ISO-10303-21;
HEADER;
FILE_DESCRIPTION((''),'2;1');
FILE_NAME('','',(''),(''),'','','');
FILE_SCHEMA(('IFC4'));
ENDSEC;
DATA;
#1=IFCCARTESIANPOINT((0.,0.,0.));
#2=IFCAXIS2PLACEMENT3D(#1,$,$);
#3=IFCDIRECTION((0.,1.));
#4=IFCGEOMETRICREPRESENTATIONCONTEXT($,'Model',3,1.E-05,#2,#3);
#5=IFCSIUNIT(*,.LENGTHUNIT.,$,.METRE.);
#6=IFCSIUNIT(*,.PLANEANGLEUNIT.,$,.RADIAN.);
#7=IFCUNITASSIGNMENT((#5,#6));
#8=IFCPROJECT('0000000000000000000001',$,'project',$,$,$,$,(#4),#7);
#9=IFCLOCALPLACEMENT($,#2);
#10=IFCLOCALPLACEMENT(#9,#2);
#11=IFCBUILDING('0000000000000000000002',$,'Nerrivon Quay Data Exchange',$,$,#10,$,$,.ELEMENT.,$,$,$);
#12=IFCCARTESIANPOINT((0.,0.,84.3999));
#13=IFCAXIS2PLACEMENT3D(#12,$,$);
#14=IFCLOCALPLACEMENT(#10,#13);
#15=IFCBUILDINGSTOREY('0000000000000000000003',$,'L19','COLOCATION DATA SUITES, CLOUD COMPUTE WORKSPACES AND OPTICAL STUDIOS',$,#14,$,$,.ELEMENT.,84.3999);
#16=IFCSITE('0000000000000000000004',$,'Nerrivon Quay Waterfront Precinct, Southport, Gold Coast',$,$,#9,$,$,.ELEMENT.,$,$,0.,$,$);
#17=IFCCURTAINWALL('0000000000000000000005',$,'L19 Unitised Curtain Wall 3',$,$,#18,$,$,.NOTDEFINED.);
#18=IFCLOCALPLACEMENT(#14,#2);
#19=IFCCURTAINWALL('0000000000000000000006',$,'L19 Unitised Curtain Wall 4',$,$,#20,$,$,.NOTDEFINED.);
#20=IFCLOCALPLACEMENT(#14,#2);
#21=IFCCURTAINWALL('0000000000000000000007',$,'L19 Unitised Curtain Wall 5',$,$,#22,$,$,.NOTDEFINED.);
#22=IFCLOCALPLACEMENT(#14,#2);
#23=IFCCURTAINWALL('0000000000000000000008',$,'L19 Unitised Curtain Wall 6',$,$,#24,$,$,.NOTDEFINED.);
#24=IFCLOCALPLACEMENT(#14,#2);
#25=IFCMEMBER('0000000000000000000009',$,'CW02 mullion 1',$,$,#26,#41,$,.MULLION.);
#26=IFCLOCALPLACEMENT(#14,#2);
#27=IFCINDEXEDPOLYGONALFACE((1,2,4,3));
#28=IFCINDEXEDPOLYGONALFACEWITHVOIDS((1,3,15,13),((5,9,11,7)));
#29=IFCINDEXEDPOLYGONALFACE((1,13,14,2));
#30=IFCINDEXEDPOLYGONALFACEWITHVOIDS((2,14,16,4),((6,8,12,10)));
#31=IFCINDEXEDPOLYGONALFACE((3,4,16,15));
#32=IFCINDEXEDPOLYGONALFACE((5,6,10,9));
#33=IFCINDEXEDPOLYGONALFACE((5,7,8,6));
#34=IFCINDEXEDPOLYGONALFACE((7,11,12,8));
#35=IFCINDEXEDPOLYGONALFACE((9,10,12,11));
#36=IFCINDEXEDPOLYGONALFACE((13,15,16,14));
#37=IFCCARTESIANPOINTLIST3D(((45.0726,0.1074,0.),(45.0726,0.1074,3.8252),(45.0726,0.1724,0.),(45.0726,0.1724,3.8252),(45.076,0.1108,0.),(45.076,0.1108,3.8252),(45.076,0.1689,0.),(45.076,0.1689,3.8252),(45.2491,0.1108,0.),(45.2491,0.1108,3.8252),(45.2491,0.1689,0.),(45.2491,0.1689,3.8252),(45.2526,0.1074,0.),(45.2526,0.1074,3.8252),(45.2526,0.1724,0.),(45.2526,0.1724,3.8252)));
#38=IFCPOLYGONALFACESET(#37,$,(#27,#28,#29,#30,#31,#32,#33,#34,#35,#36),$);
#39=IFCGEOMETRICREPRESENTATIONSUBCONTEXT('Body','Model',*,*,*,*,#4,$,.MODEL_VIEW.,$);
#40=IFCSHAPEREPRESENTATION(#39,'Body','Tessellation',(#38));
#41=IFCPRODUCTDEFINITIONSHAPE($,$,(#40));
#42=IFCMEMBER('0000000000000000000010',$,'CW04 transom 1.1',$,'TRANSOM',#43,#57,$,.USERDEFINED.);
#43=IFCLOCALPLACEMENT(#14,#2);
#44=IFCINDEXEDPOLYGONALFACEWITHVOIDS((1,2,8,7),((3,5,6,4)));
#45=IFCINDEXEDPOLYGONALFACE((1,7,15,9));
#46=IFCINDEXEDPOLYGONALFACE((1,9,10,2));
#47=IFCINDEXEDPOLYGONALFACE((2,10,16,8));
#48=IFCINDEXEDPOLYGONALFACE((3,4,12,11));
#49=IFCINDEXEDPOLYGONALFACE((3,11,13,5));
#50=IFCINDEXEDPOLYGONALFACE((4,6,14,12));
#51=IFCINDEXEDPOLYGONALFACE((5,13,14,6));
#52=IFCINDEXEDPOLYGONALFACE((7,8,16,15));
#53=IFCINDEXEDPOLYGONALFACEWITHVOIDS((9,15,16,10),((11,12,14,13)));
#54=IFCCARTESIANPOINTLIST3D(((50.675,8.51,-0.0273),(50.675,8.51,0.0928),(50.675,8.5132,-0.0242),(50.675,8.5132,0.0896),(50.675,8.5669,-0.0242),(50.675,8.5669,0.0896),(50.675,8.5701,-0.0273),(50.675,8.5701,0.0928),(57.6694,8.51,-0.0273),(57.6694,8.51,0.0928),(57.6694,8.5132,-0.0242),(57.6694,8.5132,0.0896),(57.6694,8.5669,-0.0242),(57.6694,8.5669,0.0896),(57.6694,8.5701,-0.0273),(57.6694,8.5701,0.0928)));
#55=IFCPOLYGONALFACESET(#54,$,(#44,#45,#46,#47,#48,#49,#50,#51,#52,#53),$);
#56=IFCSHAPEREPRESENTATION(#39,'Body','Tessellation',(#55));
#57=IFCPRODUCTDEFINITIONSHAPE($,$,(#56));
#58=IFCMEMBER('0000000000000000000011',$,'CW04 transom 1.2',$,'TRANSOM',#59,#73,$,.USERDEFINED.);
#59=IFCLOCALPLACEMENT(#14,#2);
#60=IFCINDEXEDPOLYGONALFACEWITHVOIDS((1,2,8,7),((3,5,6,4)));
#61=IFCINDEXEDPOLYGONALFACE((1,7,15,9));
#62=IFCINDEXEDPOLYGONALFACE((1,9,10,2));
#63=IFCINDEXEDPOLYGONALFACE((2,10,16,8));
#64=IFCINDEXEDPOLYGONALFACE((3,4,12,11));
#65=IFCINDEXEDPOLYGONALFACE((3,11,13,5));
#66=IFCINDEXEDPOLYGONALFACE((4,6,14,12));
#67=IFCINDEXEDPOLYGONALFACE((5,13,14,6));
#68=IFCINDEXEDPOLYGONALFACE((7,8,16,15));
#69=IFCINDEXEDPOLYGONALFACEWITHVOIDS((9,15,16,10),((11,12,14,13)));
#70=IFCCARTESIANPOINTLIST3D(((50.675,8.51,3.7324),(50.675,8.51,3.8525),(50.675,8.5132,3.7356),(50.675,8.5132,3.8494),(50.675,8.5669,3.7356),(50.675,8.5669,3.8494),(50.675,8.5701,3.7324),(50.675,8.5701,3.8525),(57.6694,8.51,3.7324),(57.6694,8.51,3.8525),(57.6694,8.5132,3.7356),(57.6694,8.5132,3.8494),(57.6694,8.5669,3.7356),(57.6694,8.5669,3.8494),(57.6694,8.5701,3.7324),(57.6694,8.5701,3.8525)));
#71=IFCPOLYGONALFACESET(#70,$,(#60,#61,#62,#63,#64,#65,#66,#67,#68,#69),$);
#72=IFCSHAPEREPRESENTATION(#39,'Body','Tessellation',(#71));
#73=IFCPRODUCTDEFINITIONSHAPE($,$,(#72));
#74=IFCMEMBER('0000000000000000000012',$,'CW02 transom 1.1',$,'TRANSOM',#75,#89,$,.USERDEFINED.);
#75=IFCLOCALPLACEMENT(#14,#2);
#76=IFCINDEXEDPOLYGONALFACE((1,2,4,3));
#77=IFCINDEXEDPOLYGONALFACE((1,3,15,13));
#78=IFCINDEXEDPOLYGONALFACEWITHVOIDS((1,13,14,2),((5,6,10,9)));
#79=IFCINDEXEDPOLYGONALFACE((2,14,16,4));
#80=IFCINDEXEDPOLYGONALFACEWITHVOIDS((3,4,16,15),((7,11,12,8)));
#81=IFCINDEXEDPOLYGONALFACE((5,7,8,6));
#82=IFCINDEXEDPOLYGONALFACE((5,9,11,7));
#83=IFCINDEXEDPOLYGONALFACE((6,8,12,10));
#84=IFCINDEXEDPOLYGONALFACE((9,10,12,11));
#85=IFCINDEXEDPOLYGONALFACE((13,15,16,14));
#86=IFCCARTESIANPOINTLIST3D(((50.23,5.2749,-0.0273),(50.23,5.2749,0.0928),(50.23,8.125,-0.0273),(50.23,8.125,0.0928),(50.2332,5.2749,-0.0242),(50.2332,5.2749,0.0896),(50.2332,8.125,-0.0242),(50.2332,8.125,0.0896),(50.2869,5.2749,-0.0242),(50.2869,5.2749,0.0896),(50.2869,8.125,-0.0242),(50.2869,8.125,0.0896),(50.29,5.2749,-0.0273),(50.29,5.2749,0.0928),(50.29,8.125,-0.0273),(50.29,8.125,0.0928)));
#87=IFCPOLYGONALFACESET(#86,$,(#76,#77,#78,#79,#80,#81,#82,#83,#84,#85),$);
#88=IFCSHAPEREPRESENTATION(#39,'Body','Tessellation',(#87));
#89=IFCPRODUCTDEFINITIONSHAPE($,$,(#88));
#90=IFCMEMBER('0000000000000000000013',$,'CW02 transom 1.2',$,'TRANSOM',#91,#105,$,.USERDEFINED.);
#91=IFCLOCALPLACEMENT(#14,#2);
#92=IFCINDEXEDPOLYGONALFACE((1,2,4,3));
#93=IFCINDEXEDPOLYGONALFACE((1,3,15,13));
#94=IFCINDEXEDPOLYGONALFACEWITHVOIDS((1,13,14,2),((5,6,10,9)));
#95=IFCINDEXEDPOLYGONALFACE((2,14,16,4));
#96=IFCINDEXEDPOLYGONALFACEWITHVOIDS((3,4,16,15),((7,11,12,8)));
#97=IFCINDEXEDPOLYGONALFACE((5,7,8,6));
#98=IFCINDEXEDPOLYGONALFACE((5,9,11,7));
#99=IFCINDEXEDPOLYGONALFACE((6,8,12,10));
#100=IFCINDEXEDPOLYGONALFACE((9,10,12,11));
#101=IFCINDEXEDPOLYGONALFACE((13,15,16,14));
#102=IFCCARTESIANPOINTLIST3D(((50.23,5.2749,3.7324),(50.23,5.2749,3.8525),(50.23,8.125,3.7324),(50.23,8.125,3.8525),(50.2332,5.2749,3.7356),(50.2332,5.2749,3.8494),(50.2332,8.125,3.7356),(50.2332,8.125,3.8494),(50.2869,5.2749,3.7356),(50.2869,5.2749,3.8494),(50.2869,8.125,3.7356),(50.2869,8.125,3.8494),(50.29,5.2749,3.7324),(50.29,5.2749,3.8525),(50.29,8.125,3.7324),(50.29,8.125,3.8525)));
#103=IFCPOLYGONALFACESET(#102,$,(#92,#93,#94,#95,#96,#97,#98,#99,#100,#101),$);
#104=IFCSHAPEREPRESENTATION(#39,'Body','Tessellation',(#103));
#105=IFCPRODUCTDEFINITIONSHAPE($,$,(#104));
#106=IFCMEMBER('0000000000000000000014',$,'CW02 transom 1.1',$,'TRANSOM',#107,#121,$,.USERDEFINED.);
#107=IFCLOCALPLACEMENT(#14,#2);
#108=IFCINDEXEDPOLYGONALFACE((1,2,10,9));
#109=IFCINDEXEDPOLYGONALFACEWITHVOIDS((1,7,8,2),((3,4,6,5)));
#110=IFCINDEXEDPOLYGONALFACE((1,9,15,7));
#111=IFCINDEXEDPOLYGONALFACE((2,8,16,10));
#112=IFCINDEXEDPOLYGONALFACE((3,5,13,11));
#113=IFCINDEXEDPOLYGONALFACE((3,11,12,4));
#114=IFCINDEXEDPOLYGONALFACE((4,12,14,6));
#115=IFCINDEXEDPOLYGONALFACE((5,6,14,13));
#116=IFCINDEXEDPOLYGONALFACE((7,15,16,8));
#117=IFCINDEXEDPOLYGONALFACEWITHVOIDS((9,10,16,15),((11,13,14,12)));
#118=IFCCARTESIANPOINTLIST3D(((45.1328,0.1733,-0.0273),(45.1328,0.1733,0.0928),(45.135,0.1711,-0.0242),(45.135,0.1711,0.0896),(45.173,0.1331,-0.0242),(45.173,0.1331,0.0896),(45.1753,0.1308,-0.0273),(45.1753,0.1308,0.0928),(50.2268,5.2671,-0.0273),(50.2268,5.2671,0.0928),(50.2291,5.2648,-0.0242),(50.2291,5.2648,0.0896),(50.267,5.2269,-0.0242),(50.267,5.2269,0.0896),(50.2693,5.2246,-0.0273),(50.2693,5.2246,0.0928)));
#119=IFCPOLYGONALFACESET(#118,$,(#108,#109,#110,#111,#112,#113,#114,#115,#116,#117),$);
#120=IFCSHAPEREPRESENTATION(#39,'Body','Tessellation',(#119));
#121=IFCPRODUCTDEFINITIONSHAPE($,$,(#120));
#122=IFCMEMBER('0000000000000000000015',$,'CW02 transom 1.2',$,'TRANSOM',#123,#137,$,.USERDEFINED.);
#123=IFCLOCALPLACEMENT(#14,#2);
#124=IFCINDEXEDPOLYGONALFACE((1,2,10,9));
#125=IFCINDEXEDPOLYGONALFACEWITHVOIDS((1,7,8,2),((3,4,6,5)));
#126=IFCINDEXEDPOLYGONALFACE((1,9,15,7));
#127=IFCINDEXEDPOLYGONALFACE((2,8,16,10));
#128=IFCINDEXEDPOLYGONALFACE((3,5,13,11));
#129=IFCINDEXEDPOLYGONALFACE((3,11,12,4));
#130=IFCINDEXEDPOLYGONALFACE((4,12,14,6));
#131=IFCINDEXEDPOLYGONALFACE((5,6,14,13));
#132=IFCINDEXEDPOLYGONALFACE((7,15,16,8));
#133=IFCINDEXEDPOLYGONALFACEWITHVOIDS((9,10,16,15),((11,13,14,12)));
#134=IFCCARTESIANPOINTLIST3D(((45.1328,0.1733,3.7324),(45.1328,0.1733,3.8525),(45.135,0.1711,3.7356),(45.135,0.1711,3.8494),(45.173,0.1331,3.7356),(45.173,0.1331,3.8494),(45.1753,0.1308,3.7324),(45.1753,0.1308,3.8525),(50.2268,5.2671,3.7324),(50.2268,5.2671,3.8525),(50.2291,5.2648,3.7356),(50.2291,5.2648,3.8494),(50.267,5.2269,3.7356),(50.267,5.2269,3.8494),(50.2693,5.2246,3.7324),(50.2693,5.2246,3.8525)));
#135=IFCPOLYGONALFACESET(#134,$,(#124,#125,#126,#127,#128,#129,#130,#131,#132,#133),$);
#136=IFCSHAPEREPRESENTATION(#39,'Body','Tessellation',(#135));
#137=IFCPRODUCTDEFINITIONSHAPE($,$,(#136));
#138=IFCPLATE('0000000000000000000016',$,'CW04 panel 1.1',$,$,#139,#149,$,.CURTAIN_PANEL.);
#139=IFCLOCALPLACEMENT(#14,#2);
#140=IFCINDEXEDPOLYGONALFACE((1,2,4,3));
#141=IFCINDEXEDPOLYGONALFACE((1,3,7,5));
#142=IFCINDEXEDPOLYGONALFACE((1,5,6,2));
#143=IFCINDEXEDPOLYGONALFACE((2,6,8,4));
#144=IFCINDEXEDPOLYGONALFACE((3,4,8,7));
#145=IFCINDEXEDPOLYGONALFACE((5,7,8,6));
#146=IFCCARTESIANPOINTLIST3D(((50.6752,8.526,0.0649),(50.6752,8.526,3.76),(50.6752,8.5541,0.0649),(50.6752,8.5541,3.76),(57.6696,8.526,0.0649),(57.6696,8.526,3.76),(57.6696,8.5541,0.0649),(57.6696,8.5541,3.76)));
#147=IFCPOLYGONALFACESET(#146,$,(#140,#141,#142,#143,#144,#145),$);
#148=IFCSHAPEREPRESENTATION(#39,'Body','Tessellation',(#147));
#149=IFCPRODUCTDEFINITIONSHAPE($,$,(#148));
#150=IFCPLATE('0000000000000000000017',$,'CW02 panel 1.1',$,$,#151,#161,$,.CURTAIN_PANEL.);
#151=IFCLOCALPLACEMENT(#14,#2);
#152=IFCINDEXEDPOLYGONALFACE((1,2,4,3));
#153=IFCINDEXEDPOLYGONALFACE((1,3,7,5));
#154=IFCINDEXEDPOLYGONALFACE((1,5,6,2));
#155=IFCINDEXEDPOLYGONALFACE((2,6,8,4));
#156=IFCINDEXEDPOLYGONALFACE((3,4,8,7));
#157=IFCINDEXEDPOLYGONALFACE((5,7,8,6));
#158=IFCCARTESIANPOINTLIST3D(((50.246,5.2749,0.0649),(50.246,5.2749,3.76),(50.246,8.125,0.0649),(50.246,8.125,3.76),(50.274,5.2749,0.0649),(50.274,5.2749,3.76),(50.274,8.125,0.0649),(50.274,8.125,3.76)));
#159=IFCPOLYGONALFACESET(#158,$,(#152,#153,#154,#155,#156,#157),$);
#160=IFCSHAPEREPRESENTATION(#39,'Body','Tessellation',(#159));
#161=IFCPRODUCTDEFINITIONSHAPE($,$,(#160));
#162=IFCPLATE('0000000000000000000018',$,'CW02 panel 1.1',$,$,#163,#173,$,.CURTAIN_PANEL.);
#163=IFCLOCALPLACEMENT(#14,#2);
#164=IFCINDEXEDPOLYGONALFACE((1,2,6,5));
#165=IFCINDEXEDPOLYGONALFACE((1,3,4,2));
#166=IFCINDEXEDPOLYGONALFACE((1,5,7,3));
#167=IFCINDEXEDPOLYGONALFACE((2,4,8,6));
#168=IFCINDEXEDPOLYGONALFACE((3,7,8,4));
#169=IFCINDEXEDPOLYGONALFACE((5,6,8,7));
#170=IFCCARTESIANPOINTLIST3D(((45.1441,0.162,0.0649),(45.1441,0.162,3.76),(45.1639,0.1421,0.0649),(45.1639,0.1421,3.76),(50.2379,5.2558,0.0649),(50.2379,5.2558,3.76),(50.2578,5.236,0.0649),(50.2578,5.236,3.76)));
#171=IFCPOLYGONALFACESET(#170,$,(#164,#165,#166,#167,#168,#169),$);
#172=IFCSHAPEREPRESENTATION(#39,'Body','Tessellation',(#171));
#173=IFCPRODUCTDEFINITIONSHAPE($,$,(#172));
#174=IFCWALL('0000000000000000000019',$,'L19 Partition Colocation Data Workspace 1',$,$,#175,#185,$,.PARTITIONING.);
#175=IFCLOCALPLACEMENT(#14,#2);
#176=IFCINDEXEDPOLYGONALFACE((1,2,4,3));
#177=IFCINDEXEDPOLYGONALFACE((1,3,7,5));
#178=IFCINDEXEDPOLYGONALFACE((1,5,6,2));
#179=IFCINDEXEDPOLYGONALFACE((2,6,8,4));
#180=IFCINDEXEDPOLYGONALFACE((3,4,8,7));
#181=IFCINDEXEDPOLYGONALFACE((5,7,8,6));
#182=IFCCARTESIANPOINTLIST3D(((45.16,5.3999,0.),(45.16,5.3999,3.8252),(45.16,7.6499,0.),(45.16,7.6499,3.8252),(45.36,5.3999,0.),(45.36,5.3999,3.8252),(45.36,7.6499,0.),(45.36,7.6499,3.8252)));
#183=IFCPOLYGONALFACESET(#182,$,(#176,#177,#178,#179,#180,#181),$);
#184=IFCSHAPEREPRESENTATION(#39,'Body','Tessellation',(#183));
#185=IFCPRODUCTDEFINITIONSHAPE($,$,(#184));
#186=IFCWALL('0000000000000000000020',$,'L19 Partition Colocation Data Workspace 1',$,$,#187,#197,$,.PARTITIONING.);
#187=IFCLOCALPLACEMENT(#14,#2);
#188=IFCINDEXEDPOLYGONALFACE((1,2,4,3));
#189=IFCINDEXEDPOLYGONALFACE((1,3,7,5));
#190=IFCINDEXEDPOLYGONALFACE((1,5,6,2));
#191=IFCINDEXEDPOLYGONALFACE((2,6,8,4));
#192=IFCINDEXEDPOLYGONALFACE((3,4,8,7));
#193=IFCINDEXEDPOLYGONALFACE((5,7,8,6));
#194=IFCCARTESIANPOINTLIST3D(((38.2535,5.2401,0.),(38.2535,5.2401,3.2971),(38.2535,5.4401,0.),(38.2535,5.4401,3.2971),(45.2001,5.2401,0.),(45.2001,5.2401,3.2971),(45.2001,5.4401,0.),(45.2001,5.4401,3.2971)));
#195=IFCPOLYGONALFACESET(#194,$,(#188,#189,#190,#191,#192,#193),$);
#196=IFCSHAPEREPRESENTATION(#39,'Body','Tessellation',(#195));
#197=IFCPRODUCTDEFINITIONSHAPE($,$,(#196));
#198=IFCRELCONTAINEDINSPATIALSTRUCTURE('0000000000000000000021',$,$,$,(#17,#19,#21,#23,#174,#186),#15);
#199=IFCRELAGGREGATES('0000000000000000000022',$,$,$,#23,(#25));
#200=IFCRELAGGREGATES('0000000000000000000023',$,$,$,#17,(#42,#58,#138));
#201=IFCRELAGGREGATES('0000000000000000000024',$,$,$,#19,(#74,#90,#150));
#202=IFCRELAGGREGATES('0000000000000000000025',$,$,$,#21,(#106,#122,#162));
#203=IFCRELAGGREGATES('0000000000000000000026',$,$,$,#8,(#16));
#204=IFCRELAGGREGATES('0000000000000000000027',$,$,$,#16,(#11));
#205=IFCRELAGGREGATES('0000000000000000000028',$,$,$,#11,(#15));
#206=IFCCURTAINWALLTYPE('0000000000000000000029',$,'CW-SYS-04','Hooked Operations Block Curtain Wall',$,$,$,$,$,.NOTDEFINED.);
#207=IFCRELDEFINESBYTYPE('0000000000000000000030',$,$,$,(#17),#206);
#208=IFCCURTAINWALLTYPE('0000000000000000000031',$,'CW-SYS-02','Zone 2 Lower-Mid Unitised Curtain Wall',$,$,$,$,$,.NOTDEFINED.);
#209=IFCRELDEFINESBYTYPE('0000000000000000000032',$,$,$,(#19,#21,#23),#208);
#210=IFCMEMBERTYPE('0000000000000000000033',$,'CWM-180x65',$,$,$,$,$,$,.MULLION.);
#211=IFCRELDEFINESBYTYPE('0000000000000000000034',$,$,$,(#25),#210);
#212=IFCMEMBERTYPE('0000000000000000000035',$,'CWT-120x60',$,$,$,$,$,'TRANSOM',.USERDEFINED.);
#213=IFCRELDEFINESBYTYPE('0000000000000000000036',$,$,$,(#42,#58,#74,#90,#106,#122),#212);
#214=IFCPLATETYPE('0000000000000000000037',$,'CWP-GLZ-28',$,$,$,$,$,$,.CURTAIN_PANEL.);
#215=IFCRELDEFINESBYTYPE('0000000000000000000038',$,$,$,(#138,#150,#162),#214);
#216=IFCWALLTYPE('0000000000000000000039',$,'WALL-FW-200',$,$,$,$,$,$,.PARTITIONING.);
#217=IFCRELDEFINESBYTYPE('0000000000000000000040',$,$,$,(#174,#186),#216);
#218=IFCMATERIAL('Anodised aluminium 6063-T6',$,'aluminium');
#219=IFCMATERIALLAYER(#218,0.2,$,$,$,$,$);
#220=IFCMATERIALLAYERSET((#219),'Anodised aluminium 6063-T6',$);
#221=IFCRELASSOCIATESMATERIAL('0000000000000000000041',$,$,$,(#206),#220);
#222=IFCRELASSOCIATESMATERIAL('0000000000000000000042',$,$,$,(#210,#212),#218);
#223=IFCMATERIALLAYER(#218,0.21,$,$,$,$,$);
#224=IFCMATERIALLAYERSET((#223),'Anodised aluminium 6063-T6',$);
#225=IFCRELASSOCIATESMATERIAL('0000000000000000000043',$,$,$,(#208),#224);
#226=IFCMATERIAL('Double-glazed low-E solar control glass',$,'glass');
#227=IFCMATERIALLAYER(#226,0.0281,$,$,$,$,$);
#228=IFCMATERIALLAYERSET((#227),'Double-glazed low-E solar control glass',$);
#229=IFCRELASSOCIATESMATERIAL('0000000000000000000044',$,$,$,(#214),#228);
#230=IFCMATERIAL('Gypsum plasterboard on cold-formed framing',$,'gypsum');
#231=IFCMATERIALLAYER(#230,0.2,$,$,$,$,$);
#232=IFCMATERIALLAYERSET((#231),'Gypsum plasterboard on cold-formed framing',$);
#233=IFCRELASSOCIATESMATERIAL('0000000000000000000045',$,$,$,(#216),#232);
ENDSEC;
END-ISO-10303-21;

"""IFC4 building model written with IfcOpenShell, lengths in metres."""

from ifc_helpers import new_model, si_unit, direction, frame, frame_2d, origin, origin_2d, place, context, subcontext, project, spatial, rectangle, hollow_rectangle, extrude, material, layer, layer_set, material_profile, profile_set, type_object, element, aggregate, save


model = new_model("IFC4")

# Units and contexts
model_context = context("Model", 3, precision=1e-05, world=origin(), true_north=direction((0.0, 1.0)))
body_context = subcontext(model_context, "Body", "Model", "MODEL_VIEW")
ifc_project = project(units=[si_unit("LENGTHUNIT", "METRE"), si_unit("PLANEANGLEUNIT", "RADIAN")], contexts=[model_context])

# Site, building, storey
site_placement = place(None, origin())
site = spatial("IfcSite", under=ifc_project, at=site_placement, Name="Nerrivon Quay Waterfront Precinct, Southport, Gold Coast", CompositionType="ELEMENT", RefElevation=0.0)
building_placement = place(site_placement, origin())
building = spatial("IfcBuilding", under=site, at=building_placement, Name="Nerrivon Quay Data Exchange", CompositionType="ELEMENT")
storey_placement = place(building_placement, frame((0.0, 0.0, 84.3999)))
storey = spatial("IfcBuildingStorey", under=building, at=storey_placement, Name="L19", Description="COLOCATION DATA SUITES, CLOUD COMPUTE WORKSPACES AND OPTICAL STUDIOS", CompositionType="ELEMENT", Elevation=84.3999)

# Curtain walls
ifc_material_1 = material(Name="Anodised aluminium 6063-T6", Category="aluminium")
ifc_layer_1 = layer(ifc_material_1, 0.2)
ifc_layer_set_1 = layer_set([ifc_layer_1], Name="Anodised aluminium 6063-T6")
curtain_wall_type_1 = type_object("IfcCurtainWallType", Name="CW-SYS-04", Description="Hooked Operations Block Curtain Wall", PredefinedType="NOTDEFINED", material=ifc_layer_set_1)
curtain_wall_1_placement = place(storey_placement, origin())
curtain_wall_1 = element("IfcCurtainWall", 1, at=curtain_wall_1_placement, inside=storey, type_object=curtain_wall_type_1, Name="L19 Unitised Curtain Wall 3", PredefinedType="NOTDEFINED")
ifc_material_profile_1 = material_profile(ifc_material_1, hollow_rectangle(XDim=0.0649, YDim=0.1799, WallThickness=0.0034, at=origin_2d()), Name="ALU-MULL-180x65")
ifc_profile_set_1 = profile_set([ifc_material_profile_1], Name="Anodised aluminium 6063-T6")
member_type_1 = type_object("IfcMemberType", Name="CWM-180x65", PredefinedType="MULLION", material=ifc_profile_set_1)
ifc_layer_2 = layer(ifc_material_1, 0.21)
ifc_layer_set_2 = layer_set([ifc_layer_2], Name="Anodised aluminium 6063-T6")
curtain_wall_type_2 = type_object("IfcCurtainWallType", Name="CW-SYS-02", Description="Zone 2 Lower-Mid Unitised Curtain Wall", PredefinedType="NOTDEFINED", material=ifc_layer_set_2)
curtain_wall_2_placement = place(storey_placement, origin())
curtain_wall_2 = element("IfcCurtainWall", 2, at=curtain_wall_2_placement, inside=storey, type_object=curtain_wall_type_2, Name="L19 Unitised Curtain Wall 4", PredefinedType="NOTDEFINED")

# Curtain walls, member
curtain_wall_3_placement = place(storey_placement, origin())
curtain_wall_3 = element("IfcCurtainWall", 3, at=curtain_wall_3_placement, inside=storey, type_object=curtain_wall_type_2, Name="L19 Unitised Curtain Wall 5", PredefinedType="NOTDEFINED")
curtain_wall_4_placement = place(storey_placement, origin())
curtain_wall_4 = element("IfcCurtainWall", 4, at=curtain_wall_4_placement, inside=storey, type_object=curtain_wall_type_2, Name="L19 Unitised Curtain Wall 6", PredefinedType="NOTDEFINED")
member_1_placement = place(storey_placement, frame((45.1626, 0.1399, 0.0), z_axis=(0.0, 0.0, 1.0), x_axis=(0.0, -1.0, 0.0)))
member_1 = element("IfcMember", 5, at=member_1_placement, type_object=member_type_1, Name="CW02 mullion 1", PredefinedType="MULLION", context=body_context, shape_type="SweptSolid", body=[
    extrude(hollow_rectangle(XDim=0.0649, YDim=0.1799, WallThickness=0.0034, at=origin_2d()), origin(), (0.0, 0.0, 1.0), 3.8252),
])
aggregate(curtain_wall_4, [member_1])

# Members
ifc_material_profile_2 = material_profile(ifc_material_1, hollow_rectangle(XDim=0.0601, YDim=0.1201, WallThickness=0.0032, at=origin_2d()), Name="ALU-TRAN-120x60")
ifc_profile_set_2 = profile_set([ifc_material_profile_2], Name="Anodised aluminium 6063-T6")
member_type_2 = type_object("IfcMemberType", Name="CWT-120x60", ElementType="TRANSOM", PredefinedType="USERDEFINED", material=ifc_profile_set_2)
member_2_placement = place(storey_placement, frame((57.6694, 8.54, 0.0327), z_axis=(-1.0, 0.0, 0.0), x_axis=(0.0, -1.0, 0.0)))
member_2 = element("IfcMember", 6, at=member_2_placement, type_object=member_type_2, Name="CW04 transom 1.1", ObjectType="TRANSOM", PredefinedType="USERDEFINED", context=body_context, shape_type="SweptSolid", body=[
    extrude(hollow_rectangle(XDim=0.0601, YDim=0.1201, WallThickness=0.0032, at=origin_2d()), origin(), (0.0, 0.0, 1.0), 6.9944),
])
member_3_placement = place(storey_placement, frame((57.6694, 8.54, 3.7925), z_axis=(-1.0, 0.0, 0.0), x_axis=(0.0, -1.0, 0.0)))
member_3 = element("IfcMember", 7, at=member_3_placement, type_object=member_type_2, Name="CW04 transom 1.2", ObjectType="TRANSOM", PredefinedType="USERDEFINED", context=body_context, shape_type="SweptSolid", body=[
    extrude(hollow_rectangle(XDim=0.0601, YDim=0.1201, WallThickness=0.0032, at=origin_2d()), origin(), (0.0, 0.0, 1.0), 6.9944),
])
member_4_placement = place(storey_placement, frame((50.26, 8.125, 0.0327), z_axis=(0.0, -1.0, 0.0), x_axis=(1.0, 0.0, 0.0)))
member_4 = element("IfcMember", 8, at=member_4_placement, type_object=member_type_2, Name="CW02 transom 1.1", ObjectType="TRANSOM", PredefinedType="USERDEFINED", context=body_context, shape_type="SweptSolid", body=[
    extrude(hollow_rectangle(XDim=0.0601, YDim=0.1201, WallThickness=0.0032, at=origin_2d()), origin(), (0.0, 0.0, 1.0), 2.8501),
])
member_5_placement = place(storey_placement, frame((50.26, 8.125, 3.7925), z_axis=(0.0, -1.0, 0.0), x_axis=(1.0, 0.0, 0.0)))
member_5 = element("IfcMember", 9, at=member_5_placement, type_object=member_type_2, Name="CW02 transom 1.2", ObjectType="TRANSOM", PredefinedType="USERDEFINED", context=body_context, shape_type="SweptSolid", body=[
    extrude(hollow_rectangle(XDim=0.0601, YDim=0.1201, WallThickness=0.0032, at=origin_2d()), origin(), (0.0, 0.0, 1.0), 2.8501),
])
member_6_placement = place(storey_placement, frame((50.248, 5.2458, 0.0327), z_axis=(-0.707124, -0.70709, 0.0), x_axis=(0.70709, -0.707124, 0.0)))
member_6 = element("IfcMember", 10, at=member_6_placement, type_object=member_type_2, Name="CW02 transom 1.1", ObjectType="TRANSOM", PredefinedType="USERDEFINED", context=body_context, shape_type="SweptSolid", body=[
    extrude(hollow_rectangle(XDim=0.0601, YDim=0.1201, WallThickness=0.0032, at=origin_2d()), origin(), (0.0, 0.0, 1.0), 7.2039),
])
member_7_placement = place(storey_placement, frame((50.248, 5.2458, 3.7925), z_axis=(-0.707124, -0.70709, 0.0), x_axis=(0.70709, -0.707124, 0.0)))
member_7 = element("IfcMember", 11, at=member_7_placement, type_object=member_type_2, Name="CW02 transom 1.2", ObjectType="TRANSOM", PredefinedType="USERDEFINED", context=body_context, shape_type="SweptSolid", body=[
    extrude(hollow_rectangle(XDim=0.0601, YDim=0.1201, WallThickness=0.0032, at=origin_2d()), origin(), (0.0, 0.0, 1.0), 7.2039),
])

# Plates
ifc_material_2 = material(Name="Double-glazed low-E solar control glass", Category="glass")
ifc_layer_3 = layer(ifc_material_2, 0.0281)
ifc_layer_set_3 = layer_set([ifc_layer_3], Name="Double-glazed low-E solar control glass")
plate_type = type_object("IfcPlateType", Name="CWP-GLZ-28", PredefinedType="CURTAIN_PANEL", material=ifc_layer_set_3)
plate_1_placement = place(storey_placement, frame((54.1724, 8.54, 0.0649), z_axis=(0.0, 0.0, 1.0), x_axis=(-1.0, 0.0, 0.0)))
plate_1 = element("IfcPlate", 12, at=plate_1_placement, type_object=plate_type, Name="CW04 panel 1.1", PredefinedType="CURTAIN_PANEL", context=body_context, shape_type="SweptSolid", body=[
    extrude(rectangle(XDim=6.9944, YDim=0.0281, at=origin_2d()), origin(), (0.0, 0.0, 1.0), 3.6951),
])
aggregate(curtain_wall_1, [member_2, member_3, plate_1])
plate_2_placement = place(storey_placement, frame((50.26, 6.7, 0.0649), z_axis=(0.0, 0.0, 1.0), x_axis=(0.0, -1.0, 0.0)))
plate_2 = element("IfcPlate", 13, at=plate_2_placement, type_object=plate_type, Name="CW02 panel 1.1", PredefinedType="CURTAIN_PANEL", context=body_context, shape_type="SweptSolid", body=[
    extrude(rectangle(XDim=2.8501, YDim=0.0281, at=origin_2d()), origin(), (0.0, 0.0, 1.0), 3.6951),
])
aggregate(curtain_wall_2, [member_4, member_5, plate_2])
plate_3_placement = place(storey_placement, frame((47.7009, 2.699, 0.0649), z_axis=(0.0, 0.0, 1.0), x_axis=(-0.707107, -0.707107, 0.0)))
plate_3 = element("IfcPlate", 14, at=plate_3_placement, type_object=plate_type, Name="CW02 panel 1.1", PredefinedType="CURTAIN_PANEL", context=body_context, shape_type="SweptSolid", body=[
    extrude(rectangle(XDim=7.2039, YDim=0.0281, at=origin_2d()), origin(), (0.0, 0.0, 1.0), 3.6951),
])
aggregate(curtain_wall_3, [member_6, member_7, plate_3])

# Walls
ifc_material_3 = material(Name="Gypsum plasterboard on cold-formed framing", Category="gypsum")
ifc_layer_4 = layer(ifc_material_3, 0.2)
ifc_layer_set_4 = layer_set([ifc_layer_4], Name="Gypsum plasterboard on cold-formed framing")
wall_type = type_object("IfcWallType", Name="WALL-FW-200", PredefinedType="PARTITIONING", material=ifc_layer_set_4)
wall_1_placement = place(storey_placement, frame((45.26, 7.6499, 0.0), z_axis=(0.0, 0.0, 1.0), x_axis=(0.0, -1.0, 0.0)))
element("IfcWall", 15, at=wall_1_placement, inside=storey, type_object=wall_type, Name="L19 Partition Colocation Data Workspace 1", PredefinedType="PARTITIONING", context=body_context, shape_type="SweptSolid", body=[
    extrude(rectangle(XDim=2.25, YDim=0.2, at=frame_2d((1.125, 0.0))), origin(), (0.0, 0.0, 1.0), 3.8252),
])
wall_2_placement = place(storey_placement, frame((45.2, 5.3401, 0.0), z_axis=(0.0, 0.0, 1.0), x_axis=(-1.0, 0.0, 0.0)))
element("IfcWall", 16, at=wall_2_placement, inside=storey, type_object=wall_type, Name="L19 Partition Colocation Data Workspace 1", PredefinedType="PARTITIONING", context=body_context, shape_type="SweptSolid", body=[
    extrude(rectangle(XDim=6.9465, YDim=0.2, at=frame_2d((3.4731, 0.0))), origin(), (0.0, 0.0, 1.0), 3.2971),
])

save(model, "model.ifc")
